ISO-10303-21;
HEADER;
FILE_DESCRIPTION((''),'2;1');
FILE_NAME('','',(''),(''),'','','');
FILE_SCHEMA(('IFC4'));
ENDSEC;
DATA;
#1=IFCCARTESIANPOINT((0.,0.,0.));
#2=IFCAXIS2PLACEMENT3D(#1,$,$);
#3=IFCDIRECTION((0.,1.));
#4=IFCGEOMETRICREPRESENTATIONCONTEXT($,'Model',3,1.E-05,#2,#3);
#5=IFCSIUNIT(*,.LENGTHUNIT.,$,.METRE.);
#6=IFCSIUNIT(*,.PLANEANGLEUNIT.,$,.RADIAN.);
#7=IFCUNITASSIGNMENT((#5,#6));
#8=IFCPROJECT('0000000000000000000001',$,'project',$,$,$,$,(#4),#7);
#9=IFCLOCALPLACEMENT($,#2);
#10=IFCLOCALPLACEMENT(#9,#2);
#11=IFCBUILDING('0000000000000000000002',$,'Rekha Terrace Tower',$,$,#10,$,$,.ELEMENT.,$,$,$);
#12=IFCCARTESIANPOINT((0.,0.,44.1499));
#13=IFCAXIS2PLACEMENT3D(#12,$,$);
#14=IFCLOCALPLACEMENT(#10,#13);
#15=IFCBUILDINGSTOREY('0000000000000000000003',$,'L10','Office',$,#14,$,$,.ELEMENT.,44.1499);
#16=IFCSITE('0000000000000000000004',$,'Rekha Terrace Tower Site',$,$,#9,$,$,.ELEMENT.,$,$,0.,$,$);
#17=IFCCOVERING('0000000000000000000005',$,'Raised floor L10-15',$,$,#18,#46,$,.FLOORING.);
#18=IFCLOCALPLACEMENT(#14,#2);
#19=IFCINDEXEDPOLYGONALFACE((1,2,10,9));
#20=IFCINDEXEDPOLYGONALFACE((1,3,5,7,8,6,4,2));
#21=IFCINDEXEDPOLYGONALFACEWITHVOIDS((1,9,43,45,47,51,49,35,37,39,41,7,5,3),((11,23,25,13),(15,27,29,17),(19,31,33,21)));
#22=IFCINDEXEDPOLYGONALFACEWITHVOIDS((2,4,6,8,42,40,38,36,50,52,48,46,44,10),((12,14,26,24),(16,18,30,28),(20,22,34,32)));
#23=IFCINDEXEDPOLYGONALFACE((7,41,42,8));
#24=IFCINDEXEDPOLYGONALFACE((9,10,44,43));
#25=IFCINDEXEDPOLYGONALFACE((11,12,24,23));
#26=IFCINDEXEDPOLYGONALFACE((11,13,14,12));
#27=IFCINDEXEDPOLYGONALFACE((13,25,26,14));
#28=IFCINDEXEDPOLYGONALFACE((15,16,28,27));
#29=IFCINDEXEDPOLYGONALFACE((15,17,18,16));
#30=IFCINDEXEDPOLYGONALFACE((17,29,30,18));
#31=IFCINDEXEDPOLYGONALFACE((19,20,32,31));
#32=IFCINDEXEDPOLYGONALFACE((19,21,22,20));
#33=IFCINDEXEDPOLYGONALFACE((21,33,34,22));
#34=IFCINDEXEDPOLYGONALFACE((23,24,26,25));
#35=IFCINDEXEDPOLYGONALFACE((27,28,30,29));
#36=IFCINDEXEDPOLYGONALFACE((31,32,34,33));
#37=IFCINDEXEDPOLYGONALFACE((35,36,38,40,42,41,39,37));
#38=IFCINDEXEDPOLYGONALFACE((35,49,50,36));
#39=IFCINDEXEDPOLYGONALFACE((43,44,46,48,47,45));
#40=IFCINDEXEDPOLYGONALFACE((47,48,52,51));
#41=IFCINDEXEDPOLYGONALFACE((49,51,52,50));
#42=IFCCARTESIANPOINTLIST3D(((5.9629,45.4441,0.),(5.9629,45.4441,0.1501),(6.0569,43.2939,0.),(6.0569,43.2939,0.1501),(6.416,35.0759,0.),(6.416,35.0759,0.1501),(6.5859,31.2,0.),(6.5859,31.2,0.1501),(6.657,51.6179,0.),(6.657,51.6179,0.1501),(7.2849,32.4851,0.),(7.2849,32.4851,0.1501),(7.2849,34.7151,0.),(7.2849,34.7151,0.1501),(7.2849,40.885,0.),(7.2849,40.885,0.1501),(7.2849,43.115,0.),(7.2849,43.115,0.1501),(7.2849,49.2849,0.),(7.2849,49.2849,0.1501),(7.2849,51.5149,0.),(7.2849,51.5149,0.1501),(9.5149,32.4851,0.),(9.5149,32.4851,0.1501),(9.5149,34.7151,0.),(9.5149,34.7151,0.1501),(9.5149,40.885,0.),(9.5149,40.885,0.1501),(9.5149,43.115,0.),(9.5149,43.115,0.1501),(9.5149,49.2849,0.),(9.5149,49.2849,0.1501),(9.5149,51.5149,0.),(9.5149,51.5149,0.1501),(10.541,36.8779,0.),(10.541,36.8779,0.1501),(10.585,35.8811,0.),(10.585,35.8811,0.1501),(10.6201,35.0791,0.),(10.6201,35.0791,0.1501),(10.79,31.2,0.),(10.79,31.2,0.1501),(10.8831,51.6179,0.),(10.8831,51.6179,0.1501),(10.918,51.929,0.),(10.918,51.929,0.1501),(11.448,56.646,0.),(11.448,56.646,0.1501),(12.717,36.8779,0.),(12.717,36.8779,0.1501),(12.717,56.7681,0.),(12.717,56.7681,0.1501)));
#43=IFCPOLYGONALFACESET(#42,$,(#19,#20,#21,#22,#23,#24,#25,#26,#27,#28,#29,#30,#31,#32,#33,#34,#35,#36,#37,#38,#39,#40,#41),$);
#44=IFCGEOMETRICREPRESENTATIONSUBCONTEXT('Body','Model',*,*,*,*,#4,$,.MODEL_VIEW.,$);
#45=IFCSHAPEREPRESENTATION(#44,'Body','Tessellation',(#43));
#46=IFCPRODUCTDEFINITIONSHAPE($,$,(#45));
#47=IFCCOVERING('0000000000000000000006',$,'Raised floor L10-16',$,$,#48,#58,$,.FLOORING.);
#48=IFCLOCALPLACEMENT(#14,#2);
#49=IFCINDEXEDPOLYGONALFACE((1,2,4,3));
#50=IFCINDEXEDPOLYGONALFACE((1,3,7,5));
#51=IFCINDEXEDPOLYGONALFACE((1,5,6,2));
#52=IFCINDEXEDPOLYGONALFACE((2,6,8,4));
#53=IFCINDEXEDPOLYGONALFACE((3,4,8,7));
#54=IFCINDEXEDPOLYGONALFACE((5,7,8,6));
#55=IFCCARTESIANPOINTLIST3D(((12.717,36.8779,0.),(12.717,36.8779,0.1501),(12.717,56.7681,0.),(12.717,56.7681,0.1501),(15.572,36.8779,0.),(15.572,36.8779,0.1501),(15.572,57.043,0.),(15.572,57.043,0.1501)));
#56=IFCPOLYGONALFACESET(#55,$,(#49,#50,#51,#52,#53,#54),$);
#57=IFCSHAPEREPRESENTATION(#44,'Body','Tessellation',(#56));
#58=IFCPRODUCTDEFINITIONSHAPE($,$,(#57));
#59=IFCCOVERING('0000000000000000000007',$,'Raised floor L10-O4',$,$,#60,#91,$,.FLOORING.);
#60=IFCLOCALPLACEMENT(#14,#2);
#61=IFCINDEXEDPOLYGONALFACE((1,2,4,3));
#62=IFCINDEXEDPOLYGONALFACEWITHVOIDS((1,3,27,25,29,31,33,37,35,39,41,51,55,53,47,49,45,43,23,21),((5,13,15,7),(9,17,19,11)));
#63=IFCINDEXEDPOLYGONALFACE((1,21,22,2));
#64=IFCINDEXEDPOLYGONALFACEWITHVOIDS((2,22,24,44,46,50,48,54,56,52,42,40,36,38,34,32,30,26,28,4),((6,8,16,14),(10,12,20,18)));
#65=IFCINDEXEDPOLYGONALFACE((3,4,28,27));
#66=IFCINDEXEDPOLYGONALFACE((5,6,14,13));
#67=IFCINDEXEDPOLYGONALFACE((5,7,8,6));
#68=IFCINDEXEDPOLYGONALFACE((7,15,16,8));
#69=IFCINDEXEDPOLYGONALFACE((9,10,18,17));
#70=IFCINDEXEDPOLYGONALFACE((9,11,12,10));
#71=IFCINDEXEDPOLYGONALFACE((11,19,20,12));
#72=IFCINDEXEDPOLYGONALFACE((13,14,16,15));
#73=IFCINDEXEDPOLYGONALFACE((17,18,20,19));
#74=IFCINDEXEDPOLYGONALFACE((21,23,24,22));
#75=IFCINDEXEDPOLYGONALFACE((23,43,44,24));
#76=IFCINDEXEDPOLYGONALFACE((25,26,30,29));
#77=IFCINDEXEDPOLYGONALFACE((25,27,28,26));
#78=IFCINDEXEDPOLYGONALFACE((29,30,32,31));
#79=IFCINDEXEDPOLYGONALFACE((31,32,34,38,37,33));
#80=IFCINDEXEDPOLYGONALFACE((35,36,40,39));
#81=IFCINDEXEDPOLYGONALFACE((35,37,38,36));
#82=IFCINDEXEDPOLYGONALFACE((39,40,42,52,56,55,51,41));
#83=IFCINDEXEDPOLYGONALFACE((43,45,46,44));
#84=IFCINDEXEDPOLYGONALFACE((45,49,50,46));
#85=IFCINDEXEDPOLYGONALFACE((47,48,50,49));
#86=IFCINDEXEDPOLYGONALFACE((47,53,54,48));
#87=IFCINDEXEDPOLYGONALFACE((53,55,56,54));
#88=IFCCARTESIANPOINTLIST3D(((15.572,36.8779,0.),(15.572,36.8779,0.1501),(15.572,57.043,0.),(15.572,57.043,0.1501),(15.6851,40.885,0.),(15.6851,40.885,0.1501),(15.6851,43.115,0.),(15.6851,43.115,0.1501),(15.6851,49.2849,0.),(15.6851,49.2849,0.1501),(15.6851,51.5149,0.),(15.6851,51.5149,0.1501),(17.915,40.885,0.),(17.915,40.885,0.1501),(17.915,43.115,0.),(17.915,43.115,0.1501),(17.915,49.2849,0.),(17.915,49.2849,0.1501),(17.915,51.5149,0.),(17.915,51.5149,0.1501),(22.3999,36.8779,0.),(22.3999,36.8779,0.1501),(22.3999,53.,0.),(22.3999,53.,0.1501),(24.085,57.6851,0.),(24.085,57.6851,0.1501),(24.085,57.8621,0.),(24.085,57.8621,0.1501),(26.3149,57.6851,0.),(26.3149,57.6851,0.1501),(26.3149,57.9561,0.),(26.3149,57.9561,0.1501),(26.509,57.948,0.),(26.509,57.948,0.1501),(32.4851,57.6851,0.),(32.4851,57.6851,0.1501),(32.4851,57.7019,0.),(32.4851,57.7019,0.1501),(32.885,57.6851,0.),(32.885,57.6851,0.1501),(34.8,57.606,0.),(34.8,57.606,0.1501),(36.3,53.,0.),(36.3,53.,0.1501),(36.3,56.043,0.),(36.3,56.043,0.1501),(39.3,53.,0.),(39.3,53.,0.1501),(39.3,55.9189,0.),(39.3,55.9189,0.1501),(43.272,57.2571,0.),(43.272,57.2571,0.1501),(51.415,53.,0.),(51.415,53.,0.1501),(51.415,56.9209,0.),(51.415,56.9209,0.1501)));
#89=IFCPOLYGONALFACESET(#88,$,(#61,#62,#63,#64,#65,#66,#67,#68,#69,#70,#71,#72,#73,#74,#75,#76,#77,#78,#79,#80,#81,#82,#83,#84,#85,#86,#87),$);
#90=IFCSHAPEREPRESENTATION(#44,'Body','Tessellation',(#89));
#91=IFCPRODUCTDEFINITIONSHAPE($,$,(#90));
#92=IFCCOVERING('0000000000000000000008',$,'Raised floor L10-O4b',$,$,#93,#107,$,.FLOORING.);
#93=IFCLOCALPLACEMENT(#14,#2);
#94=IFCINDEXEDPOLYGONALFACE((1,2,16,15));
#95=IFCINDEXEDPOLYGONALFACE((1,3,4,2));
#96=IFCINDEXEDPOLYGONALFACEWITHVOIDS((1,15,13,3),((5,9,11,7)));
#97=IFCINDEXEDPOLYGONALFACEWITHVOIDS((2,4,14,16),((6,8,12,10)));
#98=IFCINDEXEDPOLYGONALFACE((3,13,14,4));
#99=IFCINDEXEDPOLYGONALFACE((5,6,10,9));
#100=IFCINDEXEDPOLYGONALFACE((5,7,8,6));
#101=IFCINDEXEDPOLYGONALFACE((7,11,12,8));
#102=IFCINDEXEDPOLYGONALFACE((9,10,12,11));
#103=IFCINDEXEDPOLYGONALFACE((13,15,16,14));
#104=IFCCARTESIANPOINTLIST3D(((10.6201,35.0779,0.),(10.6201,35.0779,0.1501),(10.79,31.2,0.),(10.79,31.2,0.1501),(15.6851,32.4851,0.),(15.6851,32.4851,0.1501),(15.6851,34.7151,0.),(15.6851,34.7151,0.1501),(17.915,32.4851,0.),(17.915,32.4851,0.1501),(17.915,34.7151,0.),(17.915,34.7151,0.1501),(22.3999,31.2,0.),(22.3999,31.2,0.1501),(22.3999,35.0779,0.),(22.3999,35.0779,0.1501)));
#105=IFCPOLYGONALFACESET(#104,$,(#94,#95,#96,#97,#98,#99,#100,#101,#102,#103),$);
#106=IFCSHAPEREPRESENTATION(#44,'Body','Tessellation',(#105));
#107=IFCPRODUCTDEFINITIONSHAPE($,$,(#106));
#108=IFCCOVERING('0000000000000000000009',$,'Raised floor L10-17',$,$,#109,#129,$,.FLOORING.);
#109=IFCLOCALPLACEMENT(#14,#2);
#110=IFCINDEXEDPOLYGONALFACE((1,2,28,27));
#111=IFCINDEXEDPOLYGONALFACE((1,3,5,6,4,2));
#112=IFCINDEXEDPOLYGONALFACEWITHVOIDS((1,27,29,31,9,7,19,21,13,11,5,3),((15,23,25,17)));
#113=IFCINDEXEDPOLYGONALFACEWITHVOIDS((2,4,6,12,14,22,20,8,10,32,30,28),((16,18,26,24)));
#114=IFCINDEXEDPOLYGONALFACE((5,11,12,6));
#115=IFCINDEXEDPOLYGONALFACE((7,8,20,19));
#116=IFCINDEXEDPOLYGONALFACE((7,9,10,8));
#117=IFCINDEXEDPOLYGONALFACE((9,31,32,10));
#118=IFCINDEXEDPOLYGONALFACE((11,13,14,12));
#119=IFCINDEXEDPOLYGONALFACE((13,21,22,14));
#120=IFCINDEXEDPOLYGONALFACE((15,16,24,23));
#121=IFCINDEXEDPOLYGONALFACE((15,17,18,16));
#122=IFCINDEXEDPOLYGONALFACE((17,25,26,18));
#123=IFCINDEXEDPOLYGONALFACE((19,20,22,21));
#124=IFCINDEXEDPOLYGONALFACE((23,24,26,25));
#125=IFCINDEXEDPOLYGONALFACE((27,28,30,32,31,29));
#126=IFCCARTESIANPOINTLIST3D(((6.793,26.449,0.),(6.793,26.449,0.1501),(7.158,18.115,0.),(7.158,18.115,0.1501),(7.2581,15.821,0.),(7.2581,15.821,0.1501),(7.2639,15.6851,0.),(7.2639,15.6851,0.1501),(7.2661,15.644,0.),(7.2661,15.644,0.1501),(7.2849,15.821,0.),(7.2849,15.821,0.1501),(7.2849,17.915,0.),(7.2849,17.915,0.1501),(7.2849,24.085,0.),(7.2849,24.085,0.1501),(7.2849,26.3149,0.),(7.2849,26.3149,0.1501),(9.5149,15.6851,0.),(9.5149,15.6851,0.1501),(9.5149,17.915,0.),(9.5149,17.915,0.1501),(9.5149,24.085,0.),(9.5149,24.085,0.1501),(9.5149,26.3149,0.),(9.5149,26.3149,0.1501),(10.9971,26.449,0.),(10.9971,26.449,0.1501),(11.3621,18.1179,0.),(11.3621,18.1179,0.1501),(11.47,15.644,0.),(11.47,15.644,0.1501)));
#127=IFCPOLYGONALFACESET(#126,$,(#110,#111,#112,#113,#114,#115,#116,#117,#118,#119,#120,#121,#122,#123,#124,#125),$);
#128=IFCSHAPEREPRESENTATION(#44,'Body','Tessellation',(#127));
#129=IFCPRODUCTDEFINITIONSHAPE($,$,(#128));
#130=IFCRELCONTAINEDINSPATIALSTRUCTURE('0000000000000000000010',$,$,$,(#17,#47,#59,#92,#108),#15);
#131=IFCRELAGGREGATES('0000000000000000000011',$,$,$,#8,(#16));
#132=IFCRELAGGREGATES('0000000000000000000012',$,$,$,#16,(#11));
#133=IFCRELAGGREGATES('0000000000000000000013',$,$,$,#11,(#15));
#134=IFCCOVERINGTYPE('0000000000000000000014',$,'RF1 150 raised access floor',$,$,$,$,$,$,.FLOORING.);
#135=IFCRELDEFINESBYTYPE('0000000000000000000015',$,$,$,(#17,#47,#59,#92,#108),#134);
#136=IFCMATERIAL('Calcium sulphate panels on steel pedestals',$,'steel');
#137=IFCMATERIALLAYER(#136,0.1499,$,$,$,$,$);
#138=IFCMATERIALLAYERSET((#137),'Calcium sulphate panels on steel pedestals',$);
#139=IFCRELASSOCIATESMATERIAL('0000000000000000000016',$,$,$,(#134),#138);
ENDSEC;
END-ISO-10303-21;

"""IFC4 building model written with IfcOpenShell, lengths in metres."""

from ifc_helpers import new_model, si_unit, direction, frame, origin, place, context, subcontext, project, spatial, polyline, outline, extrude, material, layer, layer_set, type_object, element, save


model = new_model("IFC4")

# Units and contexts
model_context = context("Model", 3, precision=1e-05, world=origin(), true_north=direction((0.0, 1.0)))
body_context = subcontext(model_context, "Body", "Model", "MODEL_VIEW")
ifc_project = project(units=[si_unit("LENGTHUNIT", "METRE"), si_unit("PLANEANGLEUNIT", "RADIAN")], contexts=[model_context])

# Site, building, storey
site_placement = place(None, origin())
site = spatial("IfcSite", under=ifc_project, at=site_placement, Name="Rekha Terrace Tower Site", CompositionType="ELEMENT", RefElevation=0.0)
building_placement = place(site_placement, origin())
building = spatial("IfcBuilding", under=site, at=building_placement, Name="Rekha Terrace Tower", CompositionType="ELEMENT")
storey_placement = place(building_placement, frame((0.0, 0.0, 44.1499)))
storey = spatial("IfcBuildingStorey", under=building, at=storey_placement, Name="L10", Description="Office", CompositionType="ELEMENT", Elevation=44.1499)

# Coverings
ifc_material_1 = material(Name="Calcium sulphate panels on steel pedestals", Category="steel")
ifc_layer_1 = layer(ifc_material_1, 0.1499)
ifc_layer_set_1 = layer_set([ifc_layer_1], Name="Calcium sulphate panels on steel pedestals")
covering_type_1 = type_object("IfcCoveringType", Name="RF1 150 raised access floor", PredefinedType="FLOORING", material=ifc_layer_set_1)
covering_1_placement = place(storey_placement, origin())
element("IfcCovering", 1, at=covering_1_placement, inside=storey, type_object=covering_type_1, Name="Raised floor L10-15", PredefinedType="FLOORING", context=body_context, shape_type="SweptSolid", body=[
    extrude(outline(polyline([(10.8831, 51.6179), (6.657, 51.6179), (5.9629, 45.4441), (6.0569, 43.2939), (6.416, 35.0759), (6.5859, 31.2), (10.79, 31.2), (10.6201, 35.0791), (10.585, 35.8811), (10.541, 36.8779), (12.717, 36.8779), (12.717, 56.7681), (11.448, 56.646), (10.918, 51.929), (10.8831, 51.6179)]), holes=[polyline([(9.5149, 32.4851), (7.2849, 32.4851), (7.2849, 34.7151), (9.5149, 34.7151), (9.5149, 32.4851)]), polyline([(9.5149, 40.885), (7.2849, 40.885), (7.2849, 43.115), (9.5149, 43.115), (9.5149, 40.885)]), polyline([(9.5149, 51.5149), (9.5149, 49.2849), (7.2849, 49.2849), (7.2849, 51.5149), (9.5149, 51.5149)])]), origin(), (0.0, 0.0, 1.0), 0.1501),
])
covering_2_placement = place(storey_placement, origin())
element("IfcCovering", 2, at=covering_2_placement, inside=storey, type_object=covering_type_1, Name="Raised floor L10-16", PredefinedType="FLOORING", context=body_context, shape_type="SweptSolid", body=[
    extrude(outline(polyline([(15.572, 36.8779), (15.572, 57.043), (12.717, 56.7681), (12.717, 36.8779), (15.572, 36.8779)])), origin(), (0.0, 0.0, 1.0), 0.1501),
])
covering_3_placement = place(storey_placement, origin())
element("IfcCovering", 3, at=covering_3_placement, inside=storey, type_object=covering_type_1, Name="Raised floor L10-O4", PredefinedType="FLOORING", context=body_context, shape_type="SweptSolid", body=[
    extrude(outline(polyline([(24.085, 57.8621), (15.572, 57.043), (15.572, 36.8779), (22.3999, 36.8779), (22.3999, 53.0), (36.3, 53.0), (36.3, 56.043), (39.3, 55.9189), (39.3, 53.0), (51.415, 53.0), (51.415, 56.9209), (43.272, 57.2571), (34.8, 57.606), (32.885, 57.6851), (32.4851, 57.6851), (32.4851, 57.7019), (26.509, 57.948), (26.3149, 57.9561), (26.3149, 57.6851), (24.085, 57.6851), (24.085, 57.8621)]), holes=[polyline([(17.915, 40.885), (15.6851, 40.885), (15.6851, 43.115), (17.915, 43.115), (17.915, 40.885)]), polyline([(17.915, 49.2849), (15.6851, 49.2849), (15.6851, 51.5149), (17.915, 51.5149), (17.915, 49.2849)])]), origin(), (0.0, 0.0, 1.0), 0.1501),
])
covering_4_placement = place(storey_placement, origin())
element("IfcCovering", 4, at=covering_4_placement, inside=storey, type_object=covering_type_1, Name="Raised floor L10-O4b", PredefinedType="FLOORING", context=body_context, shape_type="SweptSolid", body=[
    extrude(outline(polyline([(22.3999, 35.0779), (10.6201, 35.0779), (10.79, 31.2), (22.3999, 31.2), (22.3999, 35.0779)]), holes=[polyline([(17.915, 32.4851), (15.6851, 32.4851), (15.6851, 34.7151), (17.915, 34.7151), (17.915, 32.4851)])]), origin(), (0.0, 0.0, 1.0), 0.1501),
])
covering_5_placement = place(storey_placement, origin())
element("IfcCovering", 5, at=covering_5_placement, inside=storey, type_object=covering_type_1, Name="Raised floor L10-17", PredefinedType="FLOORING", context=body_context, shape_type="SweptSolid", body=[
    extrude(outline(polyline([(7.2581, 15.821), (7.2849, 15.821), (7.2849, 17.915), (9.5149, 17.915), (9.5149, 15.6851), (7.2639, 15.6851), (7.2661, 15.644), (11.47, 15.644), (11.3621, 18.1179), (10.9971, 26.449), (6.793, 26.449), (7.158, 18.115), (7.2581, 15.821)]), holes=[polyline([(9.5149, 24.085), (7.2849, 24.085), (7.2849, 26.3149), (9.5149, 26.3149), (9.5149, 24.085)])]), origin(), (0.0, 0.0, 1.0), 0.1501),
])

save(model, "model.ifc")
